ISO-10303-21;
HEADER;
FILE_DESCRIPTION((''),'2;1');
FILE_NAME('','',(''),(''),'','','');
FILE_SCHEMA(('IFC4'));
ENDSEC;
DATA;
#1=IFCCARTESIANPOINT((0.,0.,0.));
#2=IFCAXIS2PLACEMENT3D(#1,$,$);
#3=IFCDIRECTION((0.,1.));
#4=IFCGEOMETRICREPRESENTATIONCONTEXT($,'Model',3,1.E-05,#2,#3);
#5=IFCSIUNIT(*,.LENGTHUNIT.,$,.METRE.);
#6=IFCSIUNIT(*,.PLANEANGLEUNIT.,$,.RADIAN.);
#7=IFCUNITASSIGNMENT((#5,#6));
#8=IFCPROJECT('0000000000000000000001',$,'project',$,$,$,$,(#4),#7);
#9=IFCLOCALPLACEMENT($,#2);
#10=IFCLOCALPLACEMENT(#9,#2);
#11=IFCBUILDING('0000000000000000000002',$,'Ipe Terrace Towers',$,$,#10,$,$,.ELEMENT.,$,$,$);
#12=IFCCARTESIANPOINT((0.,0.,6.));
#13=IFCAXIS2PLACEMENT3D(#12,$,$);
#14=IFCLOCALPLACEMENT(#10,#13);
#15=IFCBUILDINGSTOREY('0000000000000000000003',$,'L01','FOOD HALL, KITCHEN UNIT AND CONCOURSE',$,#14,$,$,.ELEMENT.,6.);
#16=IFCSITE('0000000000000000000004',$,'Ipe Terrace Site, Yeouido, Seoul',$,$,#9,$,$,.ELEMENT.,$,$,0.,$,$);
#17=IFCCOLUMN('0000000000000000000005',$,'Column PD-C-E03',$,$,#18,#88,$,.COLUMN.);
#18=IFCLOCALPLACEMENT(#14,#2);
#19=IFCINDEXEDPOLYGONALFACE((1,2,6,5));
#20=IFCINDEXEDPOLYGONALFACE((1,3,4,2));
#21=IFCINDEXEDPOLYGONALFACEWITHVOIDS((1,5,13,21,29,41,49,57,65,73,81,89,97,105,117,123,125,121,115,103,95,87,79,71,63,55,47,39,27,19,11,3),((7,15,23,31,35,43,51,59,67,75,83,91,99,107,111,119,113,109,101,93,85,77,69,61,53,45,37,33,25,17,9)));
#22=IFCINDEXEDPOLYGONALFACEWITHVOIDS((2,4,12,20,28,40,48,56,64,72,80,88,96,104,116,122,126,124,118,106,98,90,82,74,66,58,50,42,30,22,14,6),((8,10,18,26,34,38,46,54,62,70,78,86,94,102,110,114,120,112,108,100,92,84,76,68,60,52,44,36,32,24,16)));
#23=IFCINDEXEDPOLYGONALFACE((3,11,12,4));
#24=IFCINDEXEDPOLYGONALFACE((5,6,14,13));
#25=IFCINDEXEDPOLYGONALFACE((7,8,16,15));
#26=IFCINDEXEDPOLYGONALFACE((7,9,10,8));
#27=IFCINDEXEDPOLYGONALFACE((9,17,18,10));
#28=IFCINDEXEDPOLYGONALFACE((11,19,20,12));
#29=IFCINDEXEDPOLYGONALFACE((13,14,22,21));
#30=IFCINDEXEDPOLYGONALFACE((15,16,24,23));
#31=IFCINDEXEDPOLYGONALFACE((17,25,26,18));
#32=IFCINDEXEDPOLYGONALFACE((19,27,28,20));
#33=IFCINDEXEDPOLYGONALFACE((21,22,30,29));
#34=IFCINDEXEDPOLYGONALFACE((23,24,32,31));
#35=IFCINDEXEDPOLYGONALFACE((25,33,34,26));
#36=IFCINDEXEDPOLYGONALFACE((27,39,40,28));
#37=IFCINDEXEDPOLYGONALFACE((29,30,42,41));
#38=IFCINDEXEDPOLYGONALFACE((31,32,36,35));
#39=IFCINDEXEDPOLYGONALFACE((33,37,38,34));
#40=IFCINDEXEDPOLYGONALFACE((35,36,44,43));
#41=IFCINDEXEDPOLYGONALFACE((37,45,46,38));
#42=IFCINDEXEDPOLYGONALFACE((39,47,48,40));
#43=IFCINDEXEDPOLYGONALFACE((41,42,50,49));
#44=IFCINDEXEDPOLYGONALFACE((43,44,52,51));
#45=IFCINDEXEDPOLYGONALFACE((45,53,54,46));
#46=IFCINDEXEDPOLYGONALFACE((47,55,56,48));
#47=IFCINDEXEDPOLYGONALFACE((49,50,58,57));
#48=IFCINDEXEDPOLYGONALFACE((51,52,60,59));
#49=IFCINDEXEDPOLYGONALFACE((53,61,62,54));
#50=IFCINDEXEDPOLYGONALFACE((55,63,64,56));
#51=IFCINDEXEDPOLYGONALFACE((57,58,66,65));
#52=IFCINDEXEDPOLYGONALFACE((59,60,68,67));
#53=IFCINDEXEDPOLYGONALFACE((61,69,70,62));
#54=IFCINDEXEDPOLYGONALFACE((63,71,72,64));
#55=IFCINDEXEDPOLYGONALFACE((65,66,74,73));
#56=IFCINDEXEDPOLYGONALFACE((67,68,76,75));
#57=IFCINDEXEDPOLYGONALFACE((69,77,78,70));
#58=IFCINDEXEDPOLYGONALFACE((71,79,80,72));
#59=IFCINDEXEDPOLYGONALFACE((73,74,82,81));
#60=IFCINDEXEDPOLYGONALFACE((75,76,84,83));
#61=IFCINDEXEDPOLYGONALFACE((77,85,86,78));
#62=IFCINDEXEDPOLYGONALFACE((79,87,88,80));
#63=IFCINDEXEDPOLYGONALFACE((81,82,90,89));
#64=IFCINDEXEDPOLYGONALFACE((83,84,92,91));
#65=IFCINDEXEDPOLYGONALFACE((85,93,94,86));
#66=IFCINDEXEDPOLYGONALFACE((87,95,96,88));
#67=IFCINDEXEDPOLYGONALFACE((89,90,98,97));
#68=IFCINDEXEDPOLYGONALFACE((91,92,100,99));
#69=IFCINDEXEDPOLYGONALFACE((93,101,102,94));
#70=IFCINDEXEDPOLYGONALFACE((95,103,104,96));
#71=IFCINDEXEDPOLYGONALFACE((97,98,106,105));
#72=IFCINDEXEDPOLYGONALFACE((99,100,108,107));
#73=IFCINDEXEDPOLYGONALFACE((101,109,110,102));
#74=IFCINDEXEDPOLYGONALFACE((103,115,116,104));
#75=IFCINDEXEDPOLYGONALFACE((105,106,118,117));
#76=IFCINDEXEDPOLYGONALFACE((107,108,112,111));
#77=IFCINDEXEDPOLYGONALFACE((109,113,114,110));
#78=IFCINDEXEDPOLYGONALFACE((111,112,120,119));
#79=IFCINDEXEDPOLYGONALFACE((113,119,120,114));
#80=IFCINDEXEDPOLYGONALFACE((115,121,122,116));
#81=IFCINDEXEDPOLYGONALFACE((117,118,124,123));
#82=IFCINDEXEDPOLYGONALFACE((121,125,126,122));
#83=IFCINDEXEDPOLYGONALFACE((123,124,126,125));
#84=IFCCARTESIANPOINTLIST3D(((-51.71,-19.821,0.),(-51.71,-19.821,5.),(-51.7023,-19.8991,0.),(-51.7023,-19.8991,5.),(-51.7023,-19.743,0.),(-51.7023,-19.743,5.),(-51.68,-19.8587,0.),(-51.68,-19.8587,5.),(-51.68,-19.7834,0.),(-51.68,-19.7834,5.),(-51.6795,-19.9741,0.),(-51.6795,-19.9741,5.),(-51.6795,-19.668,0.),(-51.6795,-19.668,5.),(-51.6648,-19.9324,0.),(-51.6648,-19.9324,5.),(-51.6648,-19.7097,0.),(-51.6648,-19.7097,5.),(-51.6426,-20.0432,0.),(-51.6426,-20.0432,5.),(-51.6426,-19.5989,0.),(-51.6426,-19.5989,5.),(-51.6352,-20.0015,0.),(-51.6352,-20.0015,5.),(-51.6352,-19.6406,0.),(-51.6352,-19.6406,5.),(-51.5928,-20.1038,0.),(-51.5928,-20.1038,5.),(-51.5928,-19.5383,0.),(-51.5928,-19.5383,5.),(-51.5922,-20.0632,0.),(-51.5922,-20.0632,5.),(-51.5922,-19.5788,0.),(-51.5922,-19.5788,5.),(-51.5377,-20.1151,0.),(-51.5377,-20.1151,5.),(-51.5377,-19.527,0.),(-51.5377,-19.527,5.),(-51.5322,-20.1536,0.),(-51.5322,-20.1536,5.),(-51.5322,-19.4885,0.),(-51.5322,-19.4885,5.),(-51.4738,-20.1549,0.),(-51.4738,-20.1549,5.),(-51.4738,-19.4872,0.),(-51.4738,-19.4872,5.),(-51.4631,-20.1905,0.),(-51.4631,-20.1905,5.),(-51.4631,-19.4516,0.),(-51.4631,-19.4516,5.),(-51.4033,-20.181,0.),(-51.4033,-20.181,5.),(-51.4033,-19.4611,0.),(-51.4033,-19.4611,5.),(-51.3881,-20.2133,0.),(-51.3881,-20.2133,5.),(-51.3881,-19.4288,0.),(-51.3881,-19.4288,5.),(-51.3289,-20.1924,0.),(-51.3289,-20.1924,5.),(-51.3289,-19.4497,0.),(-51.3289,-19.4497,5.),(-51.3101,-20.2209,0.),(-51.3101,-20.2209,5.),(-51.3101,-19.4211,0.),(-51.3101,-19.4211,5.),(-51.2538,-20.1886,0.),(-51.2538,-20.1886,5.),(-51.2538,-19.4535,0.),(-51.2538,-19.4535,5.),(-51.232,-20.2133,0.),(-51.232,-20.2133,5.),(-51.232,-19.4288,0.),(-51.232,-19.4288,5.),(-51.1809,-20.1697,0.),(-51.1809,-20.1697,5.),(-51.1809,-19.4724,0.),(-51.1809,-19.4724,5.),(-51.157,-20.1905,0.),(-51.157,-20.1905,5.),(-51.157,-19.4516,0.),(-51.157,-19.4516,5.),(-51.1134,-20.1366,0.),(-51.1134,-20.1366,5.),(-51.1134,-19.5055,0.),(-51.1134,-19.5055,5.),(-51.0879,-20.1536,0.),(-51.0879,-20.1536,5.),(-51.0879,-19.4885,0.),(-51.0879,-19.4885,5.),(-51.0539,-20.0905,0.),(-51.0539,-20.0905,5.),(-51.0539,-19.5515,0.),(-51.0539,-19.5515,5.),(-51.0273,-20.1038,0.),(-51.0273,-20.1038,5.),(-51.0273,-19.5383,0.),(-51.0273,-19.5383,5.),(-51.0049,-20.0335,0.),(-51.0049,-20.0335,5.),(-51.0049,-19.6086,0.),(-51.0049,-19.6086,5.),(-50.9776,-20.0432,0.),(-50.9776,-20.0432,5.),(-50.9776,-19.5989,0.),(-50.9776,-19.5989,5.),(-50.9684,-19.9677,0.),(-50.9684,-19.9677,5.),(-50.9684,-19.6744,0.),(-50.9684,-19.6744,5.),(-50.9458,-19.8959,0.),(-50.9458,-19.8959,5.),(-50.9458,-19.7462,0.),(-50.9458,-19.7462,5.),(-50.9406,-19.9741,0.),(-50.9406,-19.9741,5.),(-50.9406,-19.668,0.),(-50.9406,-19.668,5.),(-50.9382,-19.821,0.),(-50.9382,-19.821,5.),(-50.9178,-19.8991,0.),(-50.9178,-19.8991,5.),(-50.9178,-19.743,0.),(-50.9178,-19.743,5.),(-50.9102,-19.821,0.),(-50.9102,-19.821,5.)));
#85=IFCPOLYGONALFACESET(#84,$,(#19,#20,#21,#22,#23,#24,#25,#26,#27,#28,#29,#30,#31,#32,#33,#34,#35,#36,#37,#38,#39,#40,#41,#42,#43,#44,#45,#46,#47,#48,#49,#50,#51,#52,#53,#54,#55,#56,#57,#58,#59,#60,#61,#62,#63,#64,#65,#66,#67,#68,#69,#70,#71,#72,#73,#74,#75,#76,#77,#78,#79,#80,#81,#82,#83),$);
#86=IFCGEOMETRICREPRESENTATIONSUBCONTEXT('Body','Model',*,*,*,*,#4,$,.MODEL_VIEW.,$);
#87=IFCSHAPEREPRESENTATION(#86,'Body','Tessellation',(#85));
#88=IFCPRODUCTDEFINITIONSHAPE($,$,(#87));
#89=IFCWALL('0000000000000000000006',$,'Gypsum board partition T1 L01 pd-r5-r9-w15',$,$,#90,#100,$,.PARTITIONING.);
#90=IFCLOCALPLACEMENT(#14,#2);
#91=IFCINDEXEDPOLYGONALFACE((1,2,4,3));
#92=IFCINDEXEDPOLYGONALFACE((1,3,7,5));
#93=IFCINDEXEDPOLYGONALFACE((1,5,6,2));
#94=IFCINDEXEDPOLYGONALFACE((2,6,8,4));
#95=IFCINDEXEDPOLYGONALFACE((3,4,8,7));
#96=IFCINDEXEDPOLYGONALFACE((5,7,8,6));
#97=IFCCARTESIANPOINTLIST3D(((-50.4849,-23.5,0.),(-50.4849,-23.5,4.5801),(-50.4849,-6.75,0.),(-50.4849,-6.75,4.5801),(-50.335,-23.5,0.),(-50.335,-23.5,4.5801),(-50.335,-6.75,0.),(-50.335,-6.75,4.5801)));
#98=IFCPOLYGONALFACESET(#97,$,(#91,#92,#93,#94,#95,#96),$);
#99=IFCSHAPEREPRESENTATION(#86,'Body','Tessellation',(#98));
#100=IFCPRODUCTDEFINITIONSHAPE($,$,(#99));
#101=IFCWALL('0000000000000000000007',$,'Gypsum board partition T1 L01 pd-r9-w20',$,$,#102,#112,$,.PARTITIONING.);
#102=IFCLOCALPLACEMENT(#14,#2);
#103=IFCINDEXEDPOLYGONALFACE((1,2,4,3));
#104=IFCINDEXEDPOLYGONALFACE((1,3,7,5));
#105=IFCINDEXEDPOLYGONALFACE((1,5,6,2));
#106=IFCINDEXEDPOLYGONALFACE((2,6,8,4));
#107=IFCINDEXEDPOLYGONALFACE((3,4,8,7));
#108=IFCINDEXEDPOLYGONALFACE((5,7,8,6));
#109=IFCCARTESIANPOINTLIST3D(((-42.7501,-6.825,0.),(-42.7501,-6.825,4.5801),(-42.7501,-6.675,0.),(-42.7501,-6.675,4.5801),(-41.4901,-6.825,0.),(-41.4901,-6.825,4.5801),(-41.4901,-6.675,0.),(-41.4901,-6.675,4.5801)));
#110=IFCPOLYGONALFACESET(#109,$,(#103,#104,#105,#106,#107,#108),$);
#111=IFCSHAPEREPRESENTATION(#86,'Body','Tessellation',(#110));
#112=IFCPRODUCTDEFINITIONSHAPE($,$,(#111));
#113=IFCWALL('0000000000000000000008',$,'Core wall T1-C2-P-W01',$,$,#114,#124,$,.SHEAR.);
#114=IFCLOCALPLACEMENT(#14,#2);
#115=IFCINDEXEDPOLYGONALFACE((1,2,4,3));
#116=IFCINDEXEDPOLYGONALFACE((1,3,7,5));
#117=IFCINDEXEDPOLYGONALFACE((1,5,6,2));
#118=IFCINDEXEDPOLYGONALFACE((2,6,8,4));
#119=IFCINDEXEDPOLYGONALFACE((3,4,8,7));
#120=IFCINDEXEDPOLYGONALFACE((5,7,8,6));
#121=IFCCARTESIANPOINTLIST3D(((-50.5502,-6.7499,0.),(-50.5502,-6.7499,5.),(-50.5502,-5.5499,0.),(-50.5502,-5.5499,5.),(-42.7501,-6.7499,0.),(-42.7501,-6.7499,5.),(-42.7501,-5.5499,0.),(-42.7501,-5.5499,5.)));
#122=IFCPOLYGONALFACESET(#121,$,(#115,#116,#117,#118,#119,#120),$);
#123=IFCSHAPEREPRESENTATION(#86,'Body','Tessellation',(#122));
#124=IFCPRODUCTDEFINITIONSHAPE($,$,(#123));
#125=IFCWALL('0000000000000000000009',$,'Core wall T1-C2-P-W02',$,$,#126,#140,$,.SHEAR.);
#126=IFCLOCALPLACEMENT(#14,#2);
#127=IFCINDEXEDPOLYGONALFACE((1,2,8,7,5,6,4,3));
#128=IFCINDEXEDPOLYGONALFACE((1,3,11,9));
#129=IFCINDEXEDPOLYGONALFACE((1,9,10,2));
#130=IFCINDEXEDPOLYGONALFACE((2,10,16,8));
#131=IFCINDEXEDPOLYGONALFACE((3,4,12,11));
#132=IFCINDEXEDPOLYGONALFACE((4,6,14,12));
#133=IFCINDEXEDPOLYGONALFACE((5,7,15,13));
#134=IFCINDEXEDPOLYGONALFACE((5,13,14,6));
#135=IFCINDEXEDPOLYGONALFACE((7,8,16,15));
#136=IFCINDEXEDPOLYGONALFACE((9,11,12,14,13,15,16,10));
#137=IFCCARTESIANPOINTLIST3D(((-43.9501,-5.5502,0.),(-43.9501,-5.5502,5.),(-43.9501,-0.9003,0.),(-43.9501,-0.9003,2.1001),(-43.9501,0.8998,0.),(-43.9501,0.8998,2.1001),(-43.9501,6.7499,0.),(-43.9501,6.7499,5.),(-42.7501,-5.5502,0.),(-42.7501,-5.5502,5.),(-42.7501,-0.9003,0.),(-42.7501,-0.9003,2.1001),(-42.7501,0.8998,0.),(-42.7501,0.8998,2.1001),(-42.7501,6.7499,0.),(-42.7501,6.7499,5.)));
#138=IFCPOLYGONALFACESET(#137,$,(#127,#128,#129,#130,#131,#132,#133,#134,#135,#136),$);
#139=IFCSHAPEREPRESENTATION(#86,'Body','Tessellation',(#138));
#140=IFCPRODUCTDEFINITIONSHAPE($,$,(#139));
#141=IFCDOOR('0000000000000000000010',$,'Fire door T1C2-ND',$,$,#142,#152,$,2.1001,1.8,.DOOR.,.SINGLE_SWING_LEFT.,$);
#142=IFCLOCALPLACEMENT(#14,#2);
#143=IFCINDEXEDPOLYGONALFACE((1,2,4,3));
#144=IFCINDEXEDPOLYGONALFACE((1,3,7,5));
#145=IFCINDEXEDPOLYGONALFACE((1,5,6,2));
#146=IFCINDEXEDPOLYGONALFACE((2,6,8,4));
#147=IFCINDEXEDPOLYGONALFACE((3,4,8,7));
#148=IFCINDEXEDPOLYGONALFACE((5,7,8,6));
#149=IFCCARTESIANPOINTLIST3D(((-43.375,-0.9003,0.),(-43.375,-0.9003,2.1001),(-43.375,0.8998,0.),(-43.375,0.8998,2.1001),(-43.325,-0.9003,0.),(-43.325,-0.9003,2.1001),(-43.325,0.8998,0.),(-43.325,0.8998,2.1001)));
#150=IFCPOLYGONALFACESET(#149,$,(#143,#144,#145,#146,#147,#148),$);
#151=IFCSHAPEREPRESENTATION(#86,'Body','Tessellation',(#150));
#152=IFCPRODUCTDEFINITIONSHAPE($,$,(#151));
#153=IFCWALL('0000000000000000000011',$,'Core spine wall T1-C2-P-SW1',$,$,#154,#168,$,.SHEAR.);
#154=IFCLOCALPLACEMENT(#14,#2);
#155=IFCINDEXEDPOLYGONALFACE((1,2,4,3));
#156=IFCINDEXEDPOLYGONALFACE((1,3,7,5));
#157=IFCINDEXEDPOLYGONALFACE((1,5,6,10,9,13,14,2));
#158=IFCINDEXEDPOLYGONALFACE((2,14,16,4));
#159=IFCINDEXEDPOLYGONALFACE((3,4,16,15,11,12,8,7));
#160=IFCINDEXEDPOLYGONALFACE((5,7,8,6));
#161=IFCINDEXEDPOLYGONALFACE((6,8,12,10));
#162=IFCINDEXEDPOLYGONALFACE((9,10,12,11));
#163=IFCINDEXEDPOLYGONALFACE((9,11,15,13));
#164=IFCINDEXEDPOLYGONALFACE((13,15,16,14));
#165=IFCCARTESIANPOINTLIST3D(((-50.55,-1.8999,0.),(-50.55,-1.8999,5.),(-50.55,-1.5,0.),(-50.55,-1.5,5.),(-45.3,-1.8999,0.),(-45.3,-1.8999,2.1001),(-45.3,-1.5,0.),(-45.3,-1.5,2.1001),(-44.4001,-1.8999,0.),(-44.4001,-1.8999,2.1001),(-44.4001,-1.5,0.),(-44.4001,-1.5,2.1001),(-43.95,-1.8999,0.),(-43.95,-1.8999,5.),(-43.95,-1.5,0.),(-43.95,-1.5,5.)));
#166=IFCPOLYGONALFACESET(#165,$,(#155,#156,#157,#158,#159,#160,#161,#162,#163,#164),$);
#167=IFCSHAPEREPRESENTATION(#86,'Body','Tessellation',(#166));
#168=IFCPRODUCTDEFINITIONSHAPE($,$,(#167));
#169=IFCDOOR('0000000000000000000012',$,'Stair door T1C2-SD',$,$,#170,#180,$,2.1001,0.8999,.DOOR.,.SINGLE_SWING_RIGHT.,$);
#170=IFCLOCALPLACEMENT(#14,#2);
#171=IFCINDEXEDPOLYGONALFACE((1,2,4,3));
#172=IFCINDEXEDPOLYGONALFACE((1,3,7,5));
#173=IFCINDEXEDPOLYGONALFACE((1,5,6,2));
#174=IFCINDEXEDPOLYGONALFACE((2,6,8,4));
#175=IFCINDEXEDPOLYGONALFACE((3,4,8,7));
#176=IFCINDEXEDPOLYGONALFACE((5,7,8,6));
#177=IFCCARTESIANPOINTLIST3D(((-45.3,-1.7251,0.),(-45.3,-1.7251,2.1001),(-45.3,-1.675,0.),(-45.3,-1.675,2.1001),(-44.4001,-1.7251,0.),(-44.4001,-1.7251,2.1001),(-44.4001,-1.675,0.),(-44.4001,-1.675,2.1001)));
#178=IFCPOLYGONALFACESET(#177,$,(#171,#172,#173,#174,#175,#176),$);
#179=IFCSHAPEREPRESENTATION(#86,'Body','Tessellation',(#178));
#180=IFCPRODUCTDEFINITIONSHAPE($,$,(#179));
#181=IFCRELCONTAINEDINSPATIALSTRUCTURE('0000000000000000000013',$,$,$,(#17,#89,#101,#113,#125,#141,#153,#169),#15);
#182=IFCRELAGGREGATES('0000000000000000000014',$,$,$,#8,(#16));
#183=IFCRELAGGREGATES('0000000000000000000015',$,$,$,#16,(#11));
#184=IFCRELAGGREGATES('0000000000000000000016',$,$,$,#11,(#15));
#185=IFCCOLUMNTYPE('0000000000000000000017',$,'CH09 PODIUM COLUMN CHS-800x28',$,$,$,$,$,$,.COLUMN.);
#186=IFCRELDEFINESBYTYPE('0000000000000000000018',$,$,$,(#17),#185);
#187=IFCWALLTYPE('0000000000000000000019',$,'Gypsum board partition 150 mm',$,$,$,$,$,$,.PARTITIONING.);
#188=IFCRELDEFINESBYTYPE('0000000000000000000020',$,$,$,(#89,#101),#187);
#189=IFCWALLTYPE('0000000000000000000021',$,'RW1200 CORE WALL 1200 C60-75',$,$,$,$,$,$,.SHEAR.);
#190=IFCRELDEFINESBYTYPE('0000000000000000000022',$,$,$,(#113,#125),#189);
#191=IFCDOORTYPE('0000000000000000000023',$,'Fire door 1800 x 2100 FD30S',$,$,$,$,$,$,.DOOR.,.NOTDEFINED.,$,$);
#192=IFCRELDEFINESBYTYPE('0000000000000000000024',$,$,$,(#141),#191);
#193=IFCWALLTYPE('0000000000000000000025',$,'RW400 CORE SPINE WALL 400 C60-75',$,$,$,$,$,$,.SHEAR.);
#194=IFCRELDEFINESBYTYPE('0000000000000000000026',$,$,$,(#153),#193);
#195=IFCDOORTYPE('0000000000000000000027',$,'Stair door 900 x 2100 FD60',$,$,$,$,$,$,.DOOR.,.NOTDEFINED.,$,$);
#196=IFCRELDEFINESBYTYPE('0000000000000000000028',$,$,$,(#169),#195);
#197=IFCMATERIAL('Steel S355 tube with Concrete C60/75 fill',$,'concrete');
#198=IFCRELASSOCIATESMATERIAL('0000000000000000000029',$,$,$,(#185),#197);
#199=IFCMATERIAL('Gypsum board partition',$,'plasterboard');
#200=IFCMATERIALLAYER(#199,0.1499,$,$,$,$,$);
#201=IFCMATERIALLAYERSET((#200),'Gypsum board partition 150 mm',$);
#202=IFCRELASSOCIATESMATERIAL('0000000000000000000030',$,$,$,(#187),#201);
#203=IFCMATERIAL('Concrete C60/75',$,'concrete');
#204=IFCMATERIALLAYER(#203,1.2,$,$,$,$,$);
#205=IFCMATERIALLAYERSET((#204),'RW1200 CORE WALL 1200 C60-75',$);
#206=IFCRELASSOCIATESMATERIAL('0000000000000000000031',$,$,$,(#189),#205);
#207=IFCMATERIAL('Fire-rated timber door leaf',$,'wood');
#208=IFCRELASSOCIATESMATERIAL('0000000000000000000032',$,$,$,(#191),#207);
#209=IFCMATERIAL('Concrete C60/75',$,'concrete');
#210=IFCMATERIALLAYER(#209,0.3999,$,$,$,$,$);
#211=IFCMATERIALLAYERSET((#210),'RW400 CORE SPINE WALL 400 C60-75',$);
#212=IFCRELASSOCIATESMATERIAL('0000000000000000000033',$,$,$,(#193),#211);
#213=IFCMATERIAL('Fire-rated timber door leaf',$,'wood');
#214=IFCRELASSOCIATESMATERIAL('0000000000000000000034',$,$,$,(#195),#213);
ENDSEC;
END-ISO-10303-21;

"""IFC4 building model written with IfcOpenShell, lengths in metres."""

from ifc_helpers import new_model, si_unit, direction, frame, frame_2d, origin, origin_2d, place, context, subcontext, project, spatial, rectangle, hollow_circle, extrude, material, layer, layer_set, material_profile, profile_set, type_object, element, fill, save


model = new_model("IFC4")

# Units and contexts
model_context = context("Model", 3, precision=1e-05, world=origin(), true_north=direction((0.0, 1.0)))
body_context = subcontext(model_context, "Body", "Model", "MODEL_VIEW")
ifc_project = project(units=[si_unit("LENGTHUNIT", "METRE"), si_unit("PLANEANGLEUNIT", "RADIAN")], contexts=[model_context])

# Site, building, storey
site_placement = place(None, origin())
site = spatial("IfcSite", under=ifc_project, at=site_placement, Name="Ipe Terrace Site, Yeouido, Seoul", CompositionType="ELEMENT", RefElevation=0.0)
building_placement = place(site_placement, origin())
building = spatial("IfcBuilding", under=site, at=building_placement, Name="Ipe Terrace Towers", CompositionType="ELEMENT")
storey_placement = place(building_placement, frame((0.0, 0.0, 6.0)))
storey = spatial("IfcBuildingStorey", under=building, at=storey_placement, Name="L01", Description="FOOD HALL, KITCHEN UNIT AND CONCOURSE", CompositionType="ELEMENT", Elevation=6.0)

# Column
ifc_material_1 = material(Name="Steel S355 tube with Concrete C60/75 fill", Category="concrete")
ifc_material_profile_1 = material_profile(ifc_material_1, hollow_circle(Radius=0.3999, WallThickness=0.0281, at=origin_2d()), Name="CHS-800x28")
ifc_profile_set_1 = profile_set([ifc_material_profile_1], Name="Steel S355 tube with Concrete C60/75 fill")
column_type_1 = type_object("IfcColumnType", Name="CH09 PODIUM COLUMN CHS-800x28", PredefinedType="COLUMN", material=ifc_profile_set_1)
column_1_placement = place(storey_placement, frame((-51.3101, -19.821, 0.0), z_axis=(0.0, 0.0, 1.0), x_axis=(1.0, 0.0, 0.0)))
element("IfcColumn", 1, at=column_1_placement, inside=storey, type_object=column_type_1, Name="Column PD-C-E03", PredefinedType="COLUMN", context=body_context, shape_type="SweptSolid", body=[
    extrude(hollow_circle(Radius=0.3999, WallThickness=0.0281, at=origin_2d()), origin(), (0.0, 0.0, 1.0), 5.0),
])

# Walls
ifc_material_2 = material(Name="Gypsum board partition", Category="plasterboard")
ifc_layer_1 = layer(ifc_material_2, 0.1499)
ifc_layer_set_1 = layer_set([ifc_layer_1], Name="Gypsum board partition 150 mm")
wall_type_1 = type_object("IfcWallType", Name="Gypsum board partition 150 mm", PredefinedType="PARTITIONING", material=ifc_layer_set_1)
wall_1_placement = place(storey_placement, frame((-50.4099, -6.75, 0.0), z_axis=(0.0, 0.0, 1.0), x_axis=(0.0, -1.0, 0.0)))
element("IfcWall", 2, at=wall_1_placement, inside=storey, type_object=wall_type_1, Name="Gypsum board partition T1 L01 pd-r5-r9-w15", PredefinedType="PARTITIONING", context=body_context, shape_type="SweptSolid", body=[
    extrude(rectangle(XDim=16.75, YDim=0.1499, at=frame_2d((8.375, 0.0))), origin(), (0.0, 0.0, 1.0), 4.5801),
])
wall_2_placement = place(storey_placement, frame((-42.75, -6.75, 0.0), z_axis=(0.0, 0.0, 1.0), x_axis=(1.0, 0.0, 0.0)))
element("IfcWall", 3, at=wall_2_placement, inside=storey, type_object=wall_type_1, Name="Gypsum board partition T1 L01 pd-r9-w20", PredefinedType="PARTITIONING", context=body_context, shape_type="SweptSolid", body=[
    extrude(rectangle(XDim=1.26, YDim=0.1499, at=frame_2d((0.6299, 0.0))), origin(), (0.0, 0.0, 1.0), 4.5801),
])
ifc_material_3 = material(Name="Concrete C60/75", Category="concrete")
ifc_layer_2 = layer(ifc_material_3, 1.2)
ifc_layer_set_2 = layer_set([ifc_layer_2], Name="RW1200 CORE WALL 1200 C60-75")
wall_type_2 = type_object("IfcWallType", Name="RW1200 CORE WALL 1200 C60-75", PredefinedType="SHEAR", material=ifc_layer_set_2)
wall_3_placement = place(storey_placement, frame((-50.55, -6.1499, 0.0), z_axis=(0.0, 0.0, 1.0), x_axis=(1.0, 0.0, 0.0)))
element("IfcWall", 4, at=wall_3_placement, inside=storey, type_object=wall_type_2, Name="Core wall T1-C2-P-W01", PredefinedType="SHEAR", context=body_context, shape_type="SweptSolid", body=[
    extrude(rectangle(XDim=7.8, YDim=1.2, at=frame_2d((3.8999, 0.0))), origin(), (0.0, 0.0, 1.0), 5.0),
])

# Walls, openings, doors
wall_4_placement = place(storey_placement, frame((-43.3501, -5.55, 0.0), z_axis=(0.0, 0.0, 1.0), x_axis=(0.0, 1.0, 0.0)))
wall_4 = element("IfcWall", 5, at=wall_4_placement, inside=storey, type_object=wall_type_2, Name="Core wall T1-C2-P-W02", PredefinedType="SHEAR", context=body_context, shape_type="SweptSolid", body=[
    extrude(rectangle(XDim=12.3, YDim=1.2, at=frame_2d((6.1499, 0.0))), origin(), (0.0, 0.0, 1.0), 5.0),
])
opening_1_placement = place(wall_4_placement, frame((4.6499, 0.0, 0.0)))
opening_1 = element("IfcOpeningElement", 6, at=opening_1_placement, cuts=wall_4, PredefinedType="OPENING", context=body_context, shape_type="SweptSolid", body=[
    extrude(rectangle(XDim=1.8, YDim=2.1001, at=frame_2d((0.8999, 1.05))), frame((0.0, 0.6099, 0.0), z_axis=(0.0, -1.0, 0.0), x_axis=(1.0, 0.0, 0.0)), (0.0, 0.0, 1.0), 1.22),
])
ifc_material_4 = material(Name="Fire-rated timber door leaf", Category="wood")
door_type_1 = type_object("IfcDoorType", Name="Fire door 1800 x 2100 FD30S", OperationType="NOTDEFINED", PredefinedType="DOOR", material=ifc_material_4)
door_1_placement = place(opening_1_placement, origin())
door_1 = element("IfcDoor", 7, at=door_1_placement, inside=storey, type_object=door_type_1, Name="Fire door T1C2-ND", OperationType="SINGLE_SWING_LEFT", OverallHeight=2.1001, OverallWidth=1.8, PredefinedType="DOOR", context=body_context, shape_type="SweptSolid", body=[
    extrude(rectangle(XDim=1.8, YDim=2.1001, at=frame_2d((0.8999, 1.05))), frame((0.0, 0.0249, 0.0), z_axis=(0.0, -1.0, 0.0), x_axis=(1.0, 0.0, 0.0)), (0.0, 0.0, 1.0), 0.05),
])
fill(opening_1, door_1)
ifc_material_5 = material(Name="Concrete C60/75", Category="concrete")
ifc_layer_3 = layer(ifc_material_5, 0.3999)
ifc_layer_set_3 = layer_set([ifc_layer_3], Name="RW400 CORE SPINE WALL 400 C60-75")
wall_type_3 = type_object("IfcWallType", Name="RW400 CORE SPINE WALL 400 C60-75", PredefinedType="SHEAR", material=ifc_layer_set_3)
wall_5_placement = place(storey_placement, frame((-50.55, -1.7, 0.0), z_axis=(0.0, 0.0, 1.0), x_axis=(1.0, 0.0, 0.0)))
wall_5 = element("IfcWall", 8, at=wall_5_placement, inside=storey, type_object=wall_type_3, Name="Core spine wall T1-C2-P-SW1", PredefinedType="SHEAR", context=body_context, shape_type="SweptSolid", body=[
    extrude(rectangle(XDim=6.6001, YDim=0.3999, at=frame_2d((3.3, 0.0))), origin(), (0.0, 0.0, 1.0), 5.0),
])
opening_2_placement = place(wall_5_placement, frame((5.25, 0.0, 0.0)))
opening_2 = element("IfcOpeningElement", 9, at=opening_2_placement, cuts=wall_5, PredefinedType="OPENING", context=body_context, shape_type="SweptSolid", body=[
    extrude(rectangle(XDim=0.8999, YDim=2.1001, at=frame_2d((0.45, 1.05))), frame((0.0, 0.21, 0.0), z_axis=(0.0, -1.0, 0.0), x_axis=(1.0, 0.0, 0.0)), (0.0, 0.0, 1.0), 0.4199),
])
ifc_material_6 = material(Name="Fire-rated timber door leaf", Category="wood")
door_type_2 = type_object("IfcDoorType", Name="Stair door 900 x 2100 FD60", OperationType="NOTDEFINED", PredefinedType="DOOR", material=ifc_material_6)
door_2_placement = place(opening_2_placement, origin())
door_2 = element("IfcDoor", 10, at=door_2_placement, inside=storey, type_object=door_type_2, Name="Stair door T1C2-SD", OperationType="SINGLE_SWING_RIGHT", OverallHeight=2.1001, OverallWidth=0.8999, PredefinedType="DOOR", context=body_context, shape_type="SweptSolid", body=[
    extrude(rectangle(XDim=0.8999, YDim=2.1001, at=frame_2d((0.45, 1.05))), frame((0.0, 0.0249, 0.0), z_axis=(0.0, -1.0, 0.0), x_axis=(1.0, 0.0, 0.0)), (0.0, 0.0, 1.0), 0.05),
])
fill(opening_2, door_2)

save(model, "model.ifc")
